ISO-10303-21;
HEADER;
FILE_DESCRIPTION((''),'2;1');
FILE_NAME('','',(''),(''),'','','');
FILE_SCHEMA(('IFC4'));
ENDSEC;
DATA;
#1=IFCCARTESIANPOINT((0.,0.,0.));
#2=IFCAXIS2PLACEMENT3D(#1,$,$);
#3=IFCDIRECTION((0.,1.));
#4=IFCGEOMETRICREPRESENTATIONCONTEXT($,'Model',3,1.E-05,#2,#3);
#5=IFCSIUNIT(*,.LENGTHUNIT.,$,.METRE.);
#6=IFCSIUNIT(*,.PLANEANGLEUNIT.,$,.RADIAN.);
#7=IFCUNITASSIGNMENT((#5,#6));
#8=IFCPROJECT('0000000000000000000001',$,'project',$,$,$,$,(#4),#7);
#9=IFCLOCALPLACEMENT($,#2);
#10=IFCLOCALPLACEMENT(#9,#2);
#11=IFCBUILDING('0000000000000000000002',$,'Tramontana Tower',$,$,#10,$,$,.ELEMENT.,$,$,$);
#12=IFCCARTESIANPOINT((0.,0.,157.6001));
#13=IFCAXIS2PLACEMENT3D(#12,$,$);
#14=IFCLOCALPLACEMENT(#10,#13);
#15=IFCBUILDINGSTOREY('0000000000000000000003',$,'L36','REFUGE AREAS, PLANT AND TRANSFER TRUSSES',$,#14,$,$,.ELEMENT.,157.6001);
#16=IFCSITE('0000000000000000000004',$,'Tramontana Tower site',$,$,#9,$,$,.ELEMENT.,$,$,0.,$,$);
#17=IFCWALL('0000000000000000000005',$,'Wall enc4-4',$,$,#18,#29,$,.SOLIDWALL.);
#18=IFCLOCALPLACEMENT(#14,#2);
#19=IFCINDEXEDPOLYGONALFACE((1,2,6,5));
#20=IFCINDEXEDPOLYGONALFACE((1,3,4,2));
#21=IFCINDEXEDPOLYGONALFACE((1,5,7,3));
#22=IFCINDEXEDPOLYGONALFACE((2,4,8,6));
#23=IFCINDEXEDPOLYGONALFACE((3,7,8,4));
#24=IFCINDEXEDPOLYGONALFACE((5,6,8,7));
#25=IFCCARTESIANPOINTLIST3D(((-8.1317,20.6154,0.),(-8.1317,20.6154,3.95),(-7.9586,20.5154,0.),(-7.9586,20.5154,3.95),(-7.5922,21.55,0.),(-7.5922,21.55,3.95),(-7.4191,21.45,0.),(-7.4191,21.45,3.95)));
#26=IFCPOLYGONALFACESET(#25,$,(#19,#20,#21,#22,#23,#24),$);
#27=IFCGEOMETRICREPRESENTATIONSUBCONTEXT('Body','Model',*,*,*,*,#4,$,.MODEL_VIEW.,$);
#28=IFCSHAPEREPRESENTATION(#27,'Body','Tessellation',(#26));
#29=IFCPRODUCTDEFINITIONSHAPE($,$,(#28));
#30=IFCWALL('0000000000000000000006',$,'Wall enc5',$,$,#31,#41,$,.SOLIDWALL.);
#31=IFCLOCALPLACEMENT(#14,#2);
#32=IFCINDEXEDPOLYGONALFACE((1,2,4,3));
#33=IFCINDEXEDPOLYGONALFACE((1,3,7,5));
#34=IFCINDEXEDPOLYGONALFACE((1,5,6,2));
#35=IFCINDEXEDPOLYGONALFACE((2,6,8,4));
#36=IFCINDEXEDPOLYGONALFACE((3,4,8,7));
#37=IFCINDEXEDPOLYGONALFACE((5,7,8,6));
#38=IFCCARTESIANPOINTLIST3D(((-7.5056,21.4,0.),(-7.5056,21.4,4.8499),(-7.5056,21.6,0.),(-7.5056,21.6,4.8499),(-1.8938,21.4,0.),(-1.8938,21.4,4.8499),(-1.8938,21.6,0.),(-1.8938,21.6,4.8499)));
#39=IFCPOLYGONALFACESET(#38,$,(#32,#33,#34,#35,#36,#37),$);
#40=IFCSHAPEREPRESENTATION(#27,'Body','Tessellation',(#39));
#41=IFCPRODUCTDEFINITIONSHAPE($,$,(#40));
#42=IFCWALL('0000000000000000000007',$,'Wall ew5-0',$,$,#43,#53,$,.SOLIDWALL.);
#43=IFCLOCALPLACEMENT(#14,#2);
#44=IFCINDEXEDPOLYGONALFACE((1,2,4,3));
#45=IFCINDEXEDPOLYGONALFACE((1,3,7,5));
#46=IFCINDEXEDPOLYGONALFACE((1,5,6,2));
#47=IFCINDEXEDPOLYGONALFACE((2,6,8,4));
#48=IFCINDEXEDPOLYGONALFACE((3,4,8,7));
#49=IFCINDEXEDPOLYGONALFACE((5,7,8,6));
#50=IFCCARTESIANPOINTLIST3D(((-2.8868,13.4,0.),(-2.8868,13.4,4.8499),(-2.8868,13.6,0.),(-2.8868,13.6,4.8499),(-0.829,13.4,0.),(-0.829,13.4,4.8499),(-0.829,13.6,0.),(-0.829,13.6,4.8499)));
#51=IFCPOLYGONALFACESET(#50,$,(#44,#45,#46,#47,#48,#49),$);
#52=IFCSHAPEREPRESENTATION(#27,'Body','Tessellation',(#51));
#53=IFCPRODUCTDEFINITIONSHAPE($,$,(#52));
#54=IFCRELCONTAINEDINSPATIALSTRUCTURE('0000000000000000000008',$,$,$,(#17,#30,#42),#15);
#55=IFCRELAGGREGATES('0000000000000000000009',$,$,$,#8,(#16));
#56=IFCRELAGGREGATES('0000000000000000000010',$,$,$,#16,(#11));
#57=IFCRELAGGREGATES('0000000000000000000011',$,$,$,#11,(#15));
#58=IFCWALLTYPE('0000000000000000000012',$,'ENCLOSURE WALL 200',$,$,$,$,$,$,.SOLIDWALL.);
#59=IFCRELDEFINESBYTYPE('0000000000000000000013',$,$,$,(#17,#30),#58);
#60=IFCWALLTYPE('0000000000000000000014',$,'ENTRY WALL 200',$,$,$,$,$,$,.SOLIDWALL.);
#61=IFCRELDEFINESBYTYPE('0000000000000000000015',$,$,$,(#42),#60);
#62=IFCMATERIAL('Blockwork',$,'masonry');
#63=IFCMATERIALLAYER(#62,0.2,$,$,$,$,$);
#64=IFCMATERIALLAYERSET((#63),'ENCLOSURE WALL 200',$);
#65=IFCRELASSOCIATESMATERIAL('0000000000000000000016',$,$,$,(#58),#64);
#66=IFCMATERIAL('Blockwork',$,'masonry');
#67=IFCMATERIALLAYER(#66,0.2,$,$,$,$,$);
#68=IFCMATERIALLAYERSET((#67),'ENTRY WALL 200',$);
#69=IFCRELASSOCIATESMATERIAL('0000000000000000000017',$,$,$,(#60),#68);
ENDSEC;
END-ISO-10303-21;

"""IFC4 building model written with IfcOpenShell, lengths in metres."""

from ifc_helpers import new_model, si_unit, direction, frame, frame_2d, origin, place, context, subcontext, project, spatial, rectangle, extrude, material, layer, layer_set, type_object, element, save


model = new_model("IFC4")

# Units and contexts
model_context = context("Model", 3, precision=1e-05, world=origin(), true_north=direction((0.0, 1.0)))
body_context = subcontext(model_context, "Body", "Model", "MODEL_VIEW")
ifc_project = project(units=[si_unit("LENGTHUNIT", "METRE"), si_unit("PLANEANGLEUNIT", "RADIAN")], contexts=[model_context])

# Site, building, storey
site_placement = place(None, origin())
site = spatial("IfcSite", under=ifc_project, at=site_placement, Name="Tramontana Tower site", CompositionType="ELEMENT", RefElevation=0.0)
building_placement = place(site_placement, origin())
building = spatial("IfcBuilding", under=site, at=building_placement, Name="Tramontana Tower", CompositionType="ELEMENT")
storey_placement = place(building_placement, frame((0.0, 0.0, 157.6001)))
storey = spatial("IfcBuildingStorey", under=building, at=storey_placement, Name="L36", Description="REFUGE AREAS, PLANT AND TRANSFER TRUSSES", CompositionType="ELEMENT", Elevation=157.6001)

# Walls
ifc_material_1 = material(Name="Blockwork", Category="masonry")
ifc_layer_1 = layer(ifc_material_1, 0.2)
ifc_layer_set_1 = layer_set([ifc_layer_1], Name="ENCLOSURE WALL 200")
wall_type_1 = type_object("IfcWallType", Name="ENCLOSURE WALL 200", PredefinedType="SOLIDWALL", material=ifc_layer_set_1)
wall_1_placement = place(storey_placement, frame((-8.0452, 20.5654, 0.0), z_axis=(0.0, 0.0, 1.0), x_axis=(0.499984, 0.866035, 0.0)))
element("IfcWall", 1, at=wall_1_placement, inside=storey, type_object=wall_type_1, Name="Wall enc4-4", PredefinedType="SOLIDWALL", context=body_context, shape_type="SweptSolid", body=[
    extrude(rectangle(XDim=1.0791, YDim=0.2, at=frame_2d((0.5396, 0.0))), origin(), (0.0, 0.0, 1.0), 3.95),
])
wall_2_placement = place(storey_placement, frame((-7.5056, 21.5, 0.0), z_axis=(0.0, 0.0, 1.0), x_axis=(1.0, 0.0, 0.0)))
element("IfcWall", 2, at=wall_2_placement, inside=storey, type_object=wall_type_1, Name="Wall enc5", PredefinedType="SOLIDWALL", context=body_context, shape_type="SweptSolid", body=[
    extrude(rectangle(XDim=5.6118, YDim=0.2, at=frame_2d((2.8059, 0.0))), origin(), (0.0, 0.0, 1.0), 4.8499),
])
ifc_material_2 = material(Name="Blockwork", Category="masonry")
ifc_layer_2 = layer(ifc_material_2, 0.2)
ifc_layer_set_2 = layer_set([ifc_layer_2], Name="ENTRY WALL 200")
wall_type_2 = type_object("IfcWallType", Name="ENTRY WALL 200", PredefinedType="SOLIDWALL", material=ifc_layer_set_2)
wall_3_placement = place(storey_placement, frame((-2.8867, 13.5, 0.0), z_axis=(0.0, 0.0, 1.0), x_axis=(1.0, 0.0, 0.0)))
element("IfcWall", 3, at=wall_3_placement, inside=storey, type_object=wall_type_2, Name="Wall ew5-0", PredefinedType="SOLIDWALL", context=body_context, shape_type="SweptSolid", body=[
    extrude(rectangle(XDim=2.0579, YDim=0.2, at=frame_2d((1.0288, 0.0))), origin(), (0.0, 0.0, 1.0), 4.8499),
])

save(model, "model.ifc")
